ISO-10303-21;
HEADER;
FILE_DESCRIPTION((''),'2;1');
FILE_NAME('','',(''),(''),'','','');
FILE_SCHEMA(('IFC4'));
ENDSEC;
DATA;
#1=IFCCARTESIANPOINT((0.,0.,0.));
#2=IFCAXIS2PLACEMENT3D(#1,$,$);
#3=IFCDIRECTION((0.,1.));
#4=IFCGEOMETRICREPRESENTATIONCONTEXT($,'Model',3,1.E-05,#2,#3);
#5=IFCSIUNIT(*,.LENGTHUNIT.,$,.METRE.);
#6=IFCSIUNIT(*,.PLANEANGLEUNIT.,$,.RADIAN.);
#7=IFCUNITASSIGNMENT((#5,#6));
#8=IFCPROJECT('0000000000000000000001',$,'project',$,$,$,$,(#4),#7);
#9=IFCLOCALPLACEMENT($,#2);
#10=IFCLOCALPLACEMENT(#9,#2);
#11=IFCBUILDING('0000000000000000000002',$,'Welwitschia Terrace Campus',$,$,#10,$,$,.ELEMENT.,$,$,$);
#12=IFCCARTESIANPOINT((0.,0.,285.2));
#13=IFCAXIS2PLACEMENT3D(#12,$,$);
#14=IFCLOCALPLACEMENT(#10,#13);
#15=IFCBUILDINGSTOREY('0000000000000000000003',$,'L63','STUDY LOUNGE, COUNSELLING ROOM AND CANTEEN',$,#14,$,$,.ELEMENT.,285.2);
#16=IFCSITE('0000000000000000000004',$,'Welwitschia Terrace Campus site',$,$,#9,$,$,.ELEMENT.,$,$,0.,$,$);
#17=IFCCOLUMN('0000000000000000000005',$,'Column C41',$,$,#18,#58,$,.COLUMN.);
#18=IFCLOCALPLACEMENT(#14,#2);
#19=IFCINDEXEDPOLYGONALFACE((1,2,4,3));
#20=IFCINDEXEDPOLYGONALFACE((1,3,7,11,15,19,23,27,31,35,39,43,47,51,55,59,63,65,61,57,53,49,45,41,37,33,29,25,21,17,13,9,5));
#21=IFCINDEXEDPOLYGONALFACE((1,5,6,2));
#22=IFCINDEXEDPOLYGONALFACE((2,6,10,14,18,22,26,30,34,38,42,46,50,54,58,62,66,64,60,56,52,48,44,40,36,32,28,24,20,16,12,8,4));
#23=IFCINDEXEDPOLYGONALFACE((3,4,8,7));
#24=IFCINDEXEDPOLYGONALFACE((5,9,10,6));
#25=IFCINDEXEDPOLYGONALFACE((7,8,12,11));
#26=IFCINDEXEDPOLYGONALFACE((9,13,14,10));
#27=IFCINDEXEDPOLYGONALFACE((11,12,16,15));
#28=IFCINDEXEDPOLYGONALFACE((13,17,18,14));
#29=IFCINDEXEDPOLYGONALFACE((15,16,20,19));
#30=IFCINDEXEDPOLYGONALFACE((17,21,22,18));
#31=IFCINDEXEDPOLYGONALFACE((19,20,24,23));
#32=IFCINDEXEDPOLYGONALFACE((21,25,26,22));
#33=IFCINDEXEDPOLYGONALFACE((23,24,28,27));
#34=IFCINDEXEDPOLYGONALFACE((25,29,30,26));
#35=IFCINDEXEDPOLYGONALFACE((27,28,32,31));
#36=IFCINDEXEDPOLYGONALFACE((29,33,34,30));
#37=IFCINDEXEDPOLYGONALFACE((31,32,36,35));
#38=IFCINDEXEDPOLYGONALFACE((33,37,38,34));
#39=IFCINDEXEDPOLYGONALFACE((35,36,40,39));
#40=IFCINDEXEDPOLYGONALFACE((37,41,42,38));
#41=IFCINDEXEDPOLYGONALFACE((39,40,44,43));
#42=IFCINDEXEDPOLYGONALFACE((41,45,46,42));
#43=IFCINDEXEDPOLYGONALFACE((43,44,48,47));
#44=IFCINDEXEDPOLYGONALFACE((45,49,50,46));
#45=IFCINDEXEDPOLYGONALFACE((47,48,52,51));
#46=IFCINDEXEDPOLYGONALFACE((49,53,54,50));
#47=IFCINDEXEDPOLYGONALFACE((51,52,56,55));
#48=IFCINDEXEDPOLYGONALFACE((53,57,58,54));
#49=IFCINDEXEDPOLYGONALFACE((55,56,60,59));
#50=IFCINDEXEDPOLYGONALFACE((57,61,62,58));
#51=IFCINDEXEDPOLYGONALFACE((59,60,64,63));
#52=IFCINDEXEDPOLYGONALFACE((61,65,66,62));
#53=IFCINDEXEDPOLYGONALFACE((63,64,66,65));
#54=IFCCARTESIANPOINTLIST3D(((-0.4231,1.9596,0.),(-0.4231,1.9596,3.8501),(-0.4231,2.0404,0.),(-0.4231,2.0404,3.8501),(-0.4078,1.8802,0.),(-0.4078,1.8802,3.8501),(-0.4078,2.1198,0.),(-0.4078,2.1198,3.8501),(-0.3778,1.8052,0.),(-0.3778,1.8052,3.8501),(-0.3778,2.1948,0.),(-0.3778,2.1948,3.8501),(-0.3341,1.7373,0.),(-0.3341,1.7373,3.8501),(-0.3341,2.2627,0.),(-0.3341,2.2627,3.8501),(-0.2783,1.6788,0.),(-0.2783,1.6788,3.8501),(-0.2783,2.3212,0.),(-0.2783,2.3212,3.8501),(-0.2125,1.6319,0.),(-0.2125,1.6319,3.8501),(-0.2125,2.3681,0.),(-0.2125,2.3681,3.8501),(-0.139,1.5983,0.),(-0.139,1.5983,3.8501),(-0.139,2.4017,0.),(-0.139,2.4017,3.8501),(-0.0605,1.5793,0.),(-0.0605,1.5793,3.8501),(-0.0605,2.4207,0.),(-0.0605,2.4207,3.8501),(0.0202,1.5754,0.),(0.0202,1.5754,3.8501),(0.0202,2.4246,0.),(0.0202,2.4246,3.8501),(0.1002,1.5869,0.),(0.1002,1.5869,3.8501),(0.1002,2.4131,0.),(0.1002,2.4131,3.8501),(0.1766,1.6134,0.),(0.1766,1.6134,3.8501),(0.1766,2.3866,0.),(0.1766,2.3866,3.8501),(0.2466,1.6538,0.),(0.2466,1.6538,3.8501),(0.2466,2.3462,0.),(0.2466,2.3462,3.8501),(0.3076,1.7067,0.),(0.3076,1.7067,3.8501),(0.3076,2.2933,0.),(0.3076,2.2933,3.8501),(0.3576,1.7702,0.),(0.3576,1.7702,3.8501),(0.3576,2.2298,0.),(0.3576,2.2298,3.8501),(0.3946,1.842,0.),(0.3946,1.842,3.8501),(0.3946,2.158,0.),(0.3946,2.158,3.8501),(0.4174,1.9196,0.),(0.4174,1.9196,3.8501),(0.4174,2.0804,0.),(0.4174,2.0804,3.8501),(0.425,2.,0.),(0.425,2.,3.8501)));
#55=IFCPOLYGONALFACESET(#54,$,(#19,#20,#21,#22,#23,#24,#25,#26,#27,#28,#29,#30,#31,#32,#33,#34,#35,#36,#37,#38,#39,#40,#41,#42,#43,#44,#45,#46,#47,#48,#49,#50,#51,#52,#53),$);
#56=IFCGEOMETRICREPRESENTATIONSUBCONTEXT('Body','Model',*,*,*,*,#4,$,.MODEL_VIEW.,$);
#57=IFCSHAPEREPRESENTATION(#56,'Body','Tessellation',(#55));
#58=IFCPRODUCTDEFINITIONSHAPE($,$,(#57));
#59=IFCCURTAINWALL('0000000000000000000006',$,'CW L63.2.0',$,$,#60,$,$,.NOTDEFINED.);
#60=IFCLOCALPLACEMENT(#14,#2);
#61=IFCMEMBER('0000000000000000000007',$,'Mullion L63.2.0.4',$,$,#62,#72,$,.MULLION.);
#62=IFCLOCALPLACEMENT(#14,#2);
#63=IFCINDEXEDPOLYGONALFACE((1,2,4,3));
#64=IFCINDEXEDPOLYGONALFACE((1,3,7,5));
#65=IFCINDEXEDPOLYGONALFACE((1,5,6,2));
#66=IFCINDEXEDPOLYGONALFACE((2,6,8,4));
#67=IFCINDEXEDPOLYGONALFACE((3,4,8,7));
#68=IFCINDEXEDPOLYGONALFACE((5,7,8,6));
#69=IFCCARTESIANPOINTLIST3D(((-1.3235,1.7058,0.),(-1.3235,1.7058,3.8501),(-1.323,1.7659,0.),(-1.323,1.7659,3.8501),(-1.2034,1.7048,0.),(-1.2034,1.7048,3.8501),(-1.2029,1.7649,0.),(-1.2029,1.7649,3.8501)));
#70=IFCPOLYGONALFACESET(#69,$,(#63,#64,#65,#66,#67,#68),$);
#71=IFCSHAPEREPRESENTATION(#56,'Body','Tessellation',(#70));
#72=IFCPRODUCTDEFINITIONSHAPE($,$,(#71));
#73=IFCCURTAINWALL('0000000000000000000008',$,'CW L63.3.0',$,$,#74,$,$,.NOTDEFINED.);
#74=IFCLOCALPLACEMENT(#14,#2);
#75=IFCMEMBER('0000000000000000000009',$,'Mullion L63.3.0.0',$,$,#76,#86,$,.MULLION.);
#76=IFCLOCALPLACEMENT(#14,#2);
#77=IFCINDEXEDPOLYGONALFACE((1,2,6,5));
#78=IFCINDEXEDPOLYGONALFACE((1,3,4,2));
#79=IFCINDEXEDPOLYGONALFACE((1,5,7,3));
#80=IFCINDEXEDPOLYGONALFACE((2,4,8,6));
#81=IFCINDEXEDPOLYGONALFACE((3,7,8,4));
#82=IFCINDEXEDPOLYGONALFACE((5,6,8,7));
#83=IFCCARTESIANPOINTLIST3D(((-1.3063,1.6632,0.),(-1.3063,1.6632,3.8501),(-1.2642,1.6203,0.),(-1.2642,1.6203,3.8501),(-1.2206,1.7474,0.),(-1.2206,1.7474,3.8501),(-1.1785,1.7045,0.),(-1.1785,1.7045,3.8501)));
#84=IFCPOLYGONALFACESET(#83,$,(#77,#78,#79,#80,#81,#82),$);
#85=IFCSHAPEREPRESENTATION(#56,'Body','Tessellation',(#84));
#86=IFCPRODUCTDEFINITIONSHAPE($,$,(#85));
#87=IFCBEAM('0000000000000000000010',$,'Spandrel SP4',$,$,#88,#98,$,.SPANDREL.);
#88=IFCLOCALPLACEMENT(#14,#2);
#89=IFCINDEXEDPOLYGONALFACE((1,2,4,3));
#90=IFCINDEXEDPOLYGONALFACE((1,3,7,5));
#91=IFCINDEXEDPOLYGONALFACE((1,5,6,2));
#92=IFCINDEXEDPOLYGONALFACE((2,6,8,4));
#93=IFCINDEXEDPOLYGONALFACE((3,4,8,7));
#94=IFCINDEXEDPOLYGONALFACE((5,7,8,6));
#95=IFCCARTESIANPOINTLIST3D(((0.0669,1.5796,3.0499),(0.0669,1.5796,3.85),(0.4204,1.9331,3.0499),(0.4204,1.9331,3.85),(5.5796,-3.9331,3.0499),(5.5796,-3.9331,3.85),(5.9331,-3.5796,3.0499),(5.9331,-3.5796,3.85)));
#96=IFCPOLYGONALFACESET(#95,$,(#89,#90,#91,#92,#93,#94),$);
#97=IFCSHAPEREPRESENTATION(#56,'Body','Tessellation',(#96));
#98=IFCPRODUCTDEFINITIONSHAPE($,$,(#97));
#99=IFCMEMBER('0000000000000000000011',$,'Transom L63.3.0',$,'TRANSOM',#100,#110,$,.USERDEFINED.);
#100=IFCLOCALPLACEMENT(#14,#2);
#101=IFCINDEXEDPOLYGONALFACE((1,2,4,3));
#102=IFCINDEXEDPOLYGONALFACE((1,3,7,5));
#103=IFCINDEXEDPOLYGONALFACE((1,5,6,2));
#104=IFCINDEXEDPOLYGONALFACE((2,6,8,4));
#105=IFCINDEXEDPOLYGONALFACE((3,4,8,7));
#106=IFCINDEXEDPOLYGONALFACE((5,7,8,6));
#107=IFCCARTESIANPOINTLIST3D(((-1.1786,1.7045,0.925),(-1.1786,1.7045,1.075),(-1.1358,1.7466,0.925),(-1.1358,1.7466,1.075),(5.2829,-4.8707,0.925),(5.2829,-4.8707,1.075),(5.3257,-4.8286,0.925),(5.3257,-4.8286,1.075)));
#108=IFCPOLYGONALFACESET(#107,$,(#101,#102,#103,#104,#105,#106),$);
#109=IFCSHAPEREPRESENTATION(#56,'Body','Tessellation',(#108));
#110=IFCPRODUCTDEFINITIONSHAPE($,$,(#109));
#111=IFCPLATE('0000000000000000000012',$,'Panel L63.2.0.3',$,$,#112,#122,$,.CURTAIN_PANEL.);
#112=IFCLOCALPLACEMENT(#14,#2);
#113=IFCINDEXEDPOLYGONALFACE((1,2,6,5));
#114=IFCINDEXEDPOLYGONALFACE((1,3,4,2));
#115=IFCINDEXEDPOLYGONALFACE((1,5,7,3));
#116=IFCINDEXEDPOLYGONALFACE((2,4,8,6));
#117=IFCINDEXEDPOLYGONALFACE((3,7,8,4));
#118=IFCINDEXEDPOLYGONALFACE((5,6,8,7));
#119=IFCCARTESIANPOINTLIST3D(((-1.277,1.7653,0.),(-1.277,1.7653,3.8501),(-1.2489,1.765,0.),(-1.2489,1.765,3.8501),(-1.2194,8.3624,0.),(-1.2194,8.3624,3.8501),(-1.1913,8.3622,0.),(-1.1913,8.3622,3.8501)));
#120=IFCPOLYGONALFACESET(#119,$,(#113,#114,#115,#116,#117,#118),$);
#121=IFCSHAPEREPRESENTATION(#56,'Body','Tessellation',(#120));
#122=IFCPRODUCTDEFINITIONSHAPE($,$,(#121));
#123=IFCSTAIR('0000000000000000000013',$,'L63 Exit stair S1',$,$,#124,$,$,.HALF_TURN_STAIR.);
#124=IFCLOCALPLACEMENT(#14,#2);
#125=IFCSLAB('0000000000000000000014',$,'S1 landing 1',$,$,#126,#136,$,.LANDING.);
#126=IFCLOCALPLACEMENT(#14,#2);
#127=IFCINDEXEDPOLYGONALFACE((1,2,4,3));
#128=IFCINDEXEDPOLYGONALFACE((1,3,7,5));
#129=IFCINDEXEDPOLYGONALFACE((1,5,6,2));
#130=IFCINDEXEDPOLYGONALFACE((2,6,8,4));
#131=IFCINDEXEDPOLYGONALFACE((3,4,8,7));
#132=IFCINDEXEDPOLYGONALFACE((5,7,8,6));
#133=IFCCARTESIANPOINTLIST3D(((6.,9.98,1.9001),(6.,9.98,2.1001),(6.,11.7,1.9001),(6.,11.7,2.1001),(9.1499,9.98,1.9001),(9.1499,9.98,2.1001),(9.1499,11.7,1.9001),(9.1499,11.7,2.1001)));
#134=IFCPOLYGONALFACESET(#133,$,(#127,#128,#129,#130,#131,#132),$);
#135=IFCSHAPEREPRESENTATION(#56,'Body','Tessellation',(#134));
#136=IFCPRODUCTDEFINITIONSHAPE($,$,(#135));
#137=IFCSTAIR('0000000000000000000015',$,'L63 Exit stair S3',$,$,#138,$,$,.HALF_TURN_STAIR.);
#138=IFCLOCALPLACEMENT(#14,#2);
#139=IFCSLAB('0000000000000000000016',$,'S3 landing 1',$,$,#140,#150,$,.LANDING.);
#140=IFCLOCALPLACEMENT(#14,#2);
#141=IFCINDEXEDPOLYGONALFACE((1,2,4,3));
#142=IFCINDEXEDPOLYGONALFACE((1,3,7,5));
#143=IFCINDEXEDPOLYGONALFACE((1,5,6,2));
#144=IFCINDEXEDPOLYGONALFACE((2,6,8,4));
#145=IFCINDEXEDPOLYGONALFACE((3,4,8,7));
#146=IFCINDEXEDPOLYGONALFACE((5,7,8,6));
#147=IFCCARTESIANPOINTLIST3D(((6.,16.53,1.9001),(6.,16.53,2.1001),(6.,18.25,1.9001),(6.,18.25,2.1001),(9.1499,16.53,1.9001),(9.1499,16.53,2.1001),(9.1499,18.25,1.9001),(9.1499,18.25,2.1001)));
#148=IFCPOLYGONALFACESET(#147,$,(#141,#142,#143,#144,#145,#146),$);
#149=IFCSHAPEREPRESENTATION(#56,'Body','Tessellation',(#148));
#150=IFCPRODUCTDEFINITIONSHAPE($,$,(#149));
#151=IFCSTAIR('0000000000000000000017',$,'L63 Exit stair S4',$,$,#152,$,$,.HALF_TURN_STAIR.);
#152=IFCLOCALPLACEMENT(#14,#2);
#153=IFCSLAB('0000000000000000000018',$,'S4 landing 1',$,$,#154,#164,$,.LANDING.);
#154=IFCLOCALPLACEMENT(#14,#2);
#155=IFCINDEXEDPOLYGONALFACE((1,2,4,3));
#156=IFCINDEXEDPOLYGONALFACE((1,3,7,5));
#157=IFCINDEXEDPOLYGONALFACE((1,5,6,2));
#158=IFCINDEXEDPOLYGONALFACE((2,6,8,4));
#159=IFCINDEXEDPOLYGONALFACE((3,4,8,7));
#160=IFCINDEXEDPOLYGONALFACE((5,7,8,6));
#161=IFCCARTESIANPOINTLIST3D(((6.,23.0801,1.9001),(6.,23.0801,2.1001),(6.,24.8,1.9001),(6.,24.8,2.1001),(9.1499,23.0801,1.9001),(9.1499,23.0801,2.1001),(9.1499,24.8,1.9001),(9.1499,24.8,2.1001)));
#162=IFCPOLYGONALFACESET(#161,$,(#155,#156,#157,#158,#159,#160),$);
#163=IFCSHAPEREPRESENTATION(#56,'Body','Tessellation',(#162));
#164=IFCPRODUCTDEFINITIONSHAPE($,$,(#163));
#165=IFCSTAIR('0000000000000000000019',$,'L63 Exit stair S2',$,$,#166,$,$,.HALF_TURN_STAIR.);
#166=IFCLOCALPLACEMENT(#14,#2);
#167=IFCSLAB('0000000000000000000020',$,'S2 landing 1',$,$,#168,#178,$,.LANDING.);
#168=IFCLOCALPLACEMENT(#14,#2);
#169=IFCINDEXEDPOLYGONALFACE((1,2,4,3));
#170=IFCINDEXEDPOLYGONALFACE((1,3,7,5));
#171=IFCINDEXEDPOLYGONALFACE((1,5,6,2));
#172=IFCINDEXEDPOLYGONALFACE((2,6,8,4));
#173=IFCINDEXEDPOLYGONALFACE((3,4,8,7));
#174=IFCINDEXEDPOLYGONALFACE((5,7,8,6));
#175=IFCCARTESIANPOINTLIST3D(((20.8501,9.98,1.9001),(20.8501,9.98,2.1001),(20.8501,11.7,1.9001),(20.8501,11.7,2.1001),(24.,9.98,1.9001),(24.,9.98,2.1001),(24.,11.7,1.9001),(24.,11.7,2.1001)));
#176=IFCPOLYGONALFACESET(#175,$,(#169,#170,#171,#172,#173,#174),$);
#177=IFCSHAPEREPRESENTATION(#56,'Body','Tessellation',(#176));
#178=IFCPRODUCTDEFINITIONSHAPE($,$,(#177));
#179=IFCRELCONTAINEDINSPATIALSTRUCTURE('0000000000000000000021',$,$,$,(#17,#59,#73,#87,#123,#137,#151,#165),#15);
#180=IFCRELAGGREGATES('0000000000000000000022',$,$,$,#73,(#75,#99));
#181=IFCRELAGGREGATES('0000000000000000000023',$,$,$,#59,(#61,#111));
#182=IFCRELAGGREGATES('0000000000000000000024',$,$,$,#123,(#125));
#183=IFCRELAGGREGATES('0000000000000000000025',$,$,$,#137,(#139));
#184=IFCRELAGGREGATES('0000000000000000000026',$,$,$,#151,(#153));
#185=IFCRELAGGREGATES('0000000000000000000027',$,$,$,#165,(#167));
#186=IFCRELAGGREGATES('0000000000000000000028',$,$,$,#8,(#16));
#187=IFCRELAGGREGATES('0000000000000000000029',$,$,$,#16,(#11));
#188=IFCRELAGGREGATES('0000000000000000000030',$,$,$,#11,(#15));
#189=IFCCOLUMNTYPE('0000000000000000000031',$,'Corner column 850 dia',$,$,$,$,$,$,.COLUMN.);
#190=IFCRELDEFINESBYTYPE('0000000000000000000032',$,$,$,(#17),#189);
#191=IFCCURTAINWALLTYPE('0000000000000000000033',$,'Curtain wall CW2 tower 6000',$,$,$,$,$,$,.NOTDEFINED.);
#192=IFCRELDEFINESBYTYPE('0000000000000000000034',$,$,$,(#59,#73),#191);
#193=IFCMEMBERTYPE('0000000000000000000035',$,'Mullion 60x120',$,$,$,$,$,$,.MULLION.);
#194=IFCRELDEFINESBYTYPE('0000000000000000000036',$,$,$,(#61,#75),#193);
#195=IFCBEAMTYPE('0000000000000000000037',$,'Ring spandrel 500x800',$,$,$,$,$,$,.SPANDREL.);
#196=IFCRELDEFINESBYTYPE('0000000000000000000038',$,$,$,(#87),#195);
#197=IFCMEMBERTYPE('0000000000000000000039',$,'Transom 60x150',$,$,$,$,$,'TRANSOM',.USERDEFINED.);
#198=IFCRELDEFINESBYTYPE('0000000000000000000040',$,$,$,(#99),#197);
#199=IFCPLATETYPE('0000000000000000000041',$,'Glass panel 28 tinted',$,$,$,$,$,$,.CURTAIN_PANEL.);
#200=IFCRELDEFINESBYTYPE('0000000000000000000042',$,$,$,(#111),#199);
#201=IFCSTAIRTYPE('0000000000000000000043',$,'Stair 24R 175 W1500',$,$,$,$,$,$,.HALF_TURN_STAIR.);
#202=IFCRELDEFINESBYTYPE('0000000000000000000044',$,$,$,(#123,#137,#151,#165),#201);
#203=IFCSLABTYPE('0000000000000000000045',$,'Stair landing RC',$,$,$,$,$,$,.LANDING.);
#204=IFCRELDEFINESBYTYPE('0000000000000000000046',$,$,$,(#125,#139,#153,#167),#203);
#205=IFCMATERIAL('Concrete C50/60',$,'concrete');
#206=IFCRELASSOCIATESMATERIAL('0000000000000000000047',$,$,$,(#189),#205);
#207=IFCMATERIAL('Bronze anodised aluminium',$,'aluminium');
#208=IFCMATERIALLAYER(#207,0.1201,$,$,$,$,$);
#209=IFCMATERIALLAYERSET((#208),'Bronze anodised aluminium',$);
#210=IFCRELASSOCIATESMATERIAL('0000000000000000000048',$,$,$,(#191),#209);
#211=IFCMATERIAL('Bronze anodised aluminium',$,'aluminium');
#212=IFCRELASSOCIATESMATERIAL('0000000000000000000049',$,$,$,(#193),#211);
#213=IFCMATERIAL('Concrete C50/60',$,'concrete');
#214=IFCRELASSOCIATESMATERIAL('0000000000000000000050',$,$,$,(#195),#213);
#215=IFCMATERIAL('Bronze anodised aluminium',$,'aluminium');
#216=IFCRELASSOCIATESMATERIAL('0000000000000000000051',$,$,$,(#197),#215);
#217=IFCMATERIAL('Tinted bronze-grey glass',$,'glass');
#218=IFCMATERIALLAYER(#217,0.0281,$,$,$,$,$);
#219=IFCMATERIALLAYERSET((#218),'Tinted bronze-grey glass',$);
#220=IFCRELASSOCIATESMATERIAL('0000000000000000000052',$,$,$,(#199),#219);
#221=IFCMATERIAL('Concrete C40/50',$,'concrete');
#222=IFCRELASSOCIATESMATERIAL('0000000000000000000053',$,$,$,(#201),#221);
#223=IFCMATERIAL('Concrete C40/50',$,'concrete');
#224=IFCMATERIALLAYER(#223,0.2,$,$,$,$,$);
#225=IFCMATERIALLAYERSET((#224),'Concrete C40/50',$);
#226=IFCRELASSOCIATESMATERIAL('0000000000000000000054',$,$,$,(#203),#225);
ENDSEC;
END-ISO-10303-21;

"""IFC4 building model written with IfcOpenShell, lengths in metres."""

from ifc_helpers import new_model, si_unit, direction, frame, origin, origin_2d, place, context, subcontext, project, spatial, polyline, rectangle, circle, outline, extrude, material, layer, layer_set, material_profile, profile_set, type_object, element, aggregate, save


model = new_model("IFC4")

# Units and contexts
model_context = context("Model", 3, precision=1e-05, world=origin(), true_north=direction((0.0, 1.0)))
body_context = subcontext(model_context, "Body", "Model", "MODEL_VIEW")
ifc_project = project(units=[si_unit("LENGTHUNIT", "METRE"), si_unit("PLANEANGLEUNIT", "RADIAN")], contexts=[model_context])

# Site, building, storey
site_placement = place(None, origin())
site = spatial("IfcSite", under=ifc_project, at=site_placement, Name="Welwitschia Terrace Campus site", CompositionType="ELEMENT", RefElevation=0.0)
building_placement = place(site_placement, origin())
building = spatial("IfcBuilding", under=site, at=building_placement, Name="Welwitschia Terrace Campus", CompositionType="ELEMENT")
storey_placement = place(building_placement, frame((0.0, 0.0, 285.2)))
storey = spatial("IfcBuildingStorey", under=building, at=storey_placement, Name="L63", Description="STUDY LOUNGE, COUNSELLING ROOM AND CANTEEN", CompositionType="ELEMENT", Elevation=285.2)

# Column
ifc_material_1 = material(Name="Concrete C50/60", Category="concrete")
ifc_material_profile_1 = material_profile(ifc_material_1, circle(Radius=0.425, at=origin_2d()))
ifc_profile_set_1 = profile_set([ifc_material_profile_1], Name="Concrete C50/60")
column_type = type_object("IfcColumnType", Name="Corner column 850 dia", PredefinedType="COLUMN", material=ifc_profile_set_1)
column_placement = place(storey_placement, frame((0.0, 2.0, 0.0), z_axis=(0.0, 0.0, 1.0), x_axis=(1.0, 0.0, 0.0)))
element("IfcColumn", 1, at=column_placement, inside=storey, type_object=column_type, Name="Column C41", PredefinedType="COLUMN", context=body_context, shape_type="SweptSolid", body=[
    extrude(circle(Radius=0.425, at=origin_2d()), origin(), (0.0, 0.0, 1.0), 3.8501),
])

# Curtain walls, members
ifc_material_2 = material(Name="Bronze anodised aluminium", Category="aluminium")
ifc_layer_1 = layer(ifc_material_2, 0.1201)
ifc_layer_set_1 = layer_set([ifc_layer_1], Name="Bronze anodised aluminium")
curtain_wall_type = type_object("IfcCurtainWallType", Name="Curtain wall CW2 tower 6000", PredefinedType="NOTDEFINED", material=ifc_layer_set_1)
curtain_wall_1_placement = place(storey_placement, origin())
curtain_wall_1 = element("IfcCurtainWall", 2, at=curtain_wall_1_placement, inside=storey, type_object=curtain_wall_type, Name="CW L63.2.0", PredefinedType="NOTDEFINED")
ifc_material_3 = material(Name="Bronze anodised aluminium", Category="aluminium")
ifc_material_profile_2 = material_profile(ifc_material_3, rectangle(XDim=0.1201, YDim=0.0601, at=origin_2d()))
ifc_profile_set_2 = profile_set([ifc_material_profile_2], Name="Bronze anodised aluminium")
member_type_1 = type_object("IfcMemberType", Name="Mullion 60x120", PredefinedType="MULLION", material=ifc_profile_set_2)
member_1_placement = place(storey_placement, frame((-1.2632, 1.7354, 0.0), z_axis=(0.0, 0.0, 1.0), x_axis=(0.999962, -0.008727, 0.0)))
member_1 = element("IfcMember", 3, at=member_1_placement, type_object=member_type_1, Name="Mullion L63.2.0.4", PredefinedType="MULLION", context=body_context, shape_type="SweptSolid", body=[
    extrude(rectangle(XDim=0.1201, YDim=0.0601, at=origin_2d()), origin(), (0.0, 0.0, 1.0), 3.8501),
])
curtain_wall_2_placement = place(storey_placement, origin())
curtain_wall_2 = element("IfcCurtainWall", 4, at=curtain_wall_2_placement, inside=storey, type_object=curtain_wall_type, Name="CW L63.3.0", PredefinedType="NOTDEFINED")
member_2_placement = place(storey_placement, frame((-1.2424, 1.6838, 0.0), z_axis=(0.0, 0.0, 1.0), x_axis=(0.71325, 0.700909, 0.0)))
member_2 = element("IfcMember", 5, at=member_2_placement, type_object=member_type_1, Name="Mullion L63.3.0.0", PredefinedType="MULLION", context=body_context, shape_type="SweptSolid", body=[
    extrude(rectangle(XDim=0.1201, YDim=0.0601, at=origin_2d()), origin(), (0.0, 0.0, 1.0), 3.8501),
])

# Beam
ifc_material_4 = material(Name="Concrete C50/60", Category="concrete")
ifc_material_profile_3 = material_profile(ifc_material_4, rectangle(XDim=0.5, YDim=0.8, at=origin_2d()))
ifc_profile_set_3 = profile_set([ifc_material_profile_3], Name="Concrete C50/60")
beam_type = type_object("IfcBeamType", Name="Ring spandrel 500x800", PredefinedType="SPANDREL", material=ifc_profile_set_3)
beam_placement = place(storey_placement, frame((0.2437, 1.7563, 3.45), z_axis=(0.707107, -0.707107, 0.0), x_axis=(0.707107, 0.707107, 0.0)))
element("IfcBeam", 6, at=beam_placement, inside=storey, type_object=beam_type, Name="Spandrel SP4", PredefinedType="SPANDREL", context=body_context, shape_type="SweptSolid", body=[
    extrude(rectangle(XDim=0.5, YDim=0.8, at=origin_2d()), origin(), (0.0, 0.0, 1.0), 7.7961),
])

# Member
ifc_material_5 = material(Name="Bronze anodised aluminium", Category="aluminium")
ifc_material_profile_4 = material_profile(ifc_material_5, rectangle(XDim=0.0601, YDim=0.1499, at=origin_2d()))
ifc_profile_set_4 = profile_set([ifc_material_profile_4], Name="Bronze anodised aluminium")
member_type_2 = type_object("IfcMemberType", Name="Transom 60x150", ElementType="TRANSOM", PredefinedType="USERDEFINED", material=ifc_profile_set_4)
member_3_placement = place(storey_placement, frame((-1.1572, 1.7256, 1.0), z_axis=(0.700909, -0.71325, 0.0), x_axis=(0.71325, 0.700909, 0.0)))
member_3 = element("IfcMember", 7, at=member_3_placement, type_object=member_type_2, Name="Transom L63.3.0", ObjectType="TRANSOM", PredefinedType="USERDEFINED", context=body_context, shape_type="SweptSolid", body=[
    extrude(rectangle(XDim=0.0601, YDim=0.1499, at=origin_2d()), origin(), (0.0, 0.0, 1.0), 9.2188),
])
aggregate(curtain_wall_2, [member_2, member_3])

# Plate
ifc_material_6 = material(Name="Tinted bronze-grey glass", Category="glass")
ifc_layer_2 = layer(ifc_material_6, 0.0281)
ifc_layer_set_2 = layer_set([ifc_layer_2], Name="Tinted bronze-grey glass")
plate_type = type_object("IfcPlateType", Name="Glass panel 28 tinted", PredefinedType="CURTAIN_PANEL", material=ifc_layer_set_2)
plate_placement = place(storey_placement, frame((-1.2341, 5.0637, 0.0), z_axis=(0.0, 0.0, 1.0), x_axis=(-0.008727, -0.999962, 0.0)))
plate = element("IfcPlate", 8, at=plate_placement, type_object=plate_type, Name="Panel L63.2.0.3", PredefinedType="CURTAIN_PANEL", context=body_context, shape_type="SweptSolid", body=[
    extrude(rectangle(XDim=6.5974, YDim=0.0281, at=origin_2d()), origin(), (0.0, 0.0, 1.0), 3.8501),
])
aggregate(curtain_wall_1, [member_1, plate])

# Stairs, slabs
ifc_material_7 = material(Name="Concrete C40/50", Category="concrete")
stair_type = type_object("IfcStairType", Name="Stair 24R 175 W1500", PredefinedType="HALF_TURN_STAIR", material=ifc_material_7)
stair_1_placement = place(storey_placement, origin())
stair_1 = element("IfcStair", 9, at=stair_1_placement, inside=storey, type_object=stair_type, Name="L63 Exit stair S1", PredefinedType="HALF_TURN_STAIR")
ifc_material_8 = material(Name="Concrete C40/50", Category="concrete")
ifc_layer_3 = layer(ifc_material_8, 0.2)
ifc_layer_set_3 = layer_set([ifc_layer_3], Name="Concrete C40/50")
slab_type_1 = type_object("IfcSlabType", Name="Stair landing RC", PredefinedType="LANDING", material=ifc_layer_set_3)
slab_1_placement = place(storey_placement, frame((0.0, 0.0, 1.9001)))
slab_1 = element("IfcSlab", 10, at=slab_1_placement, type_object=slab_type_1, Name="S1 landing 1", PredefinedType="LANDING", context=body_context, shape_type="SweptSolid", body=[
    extrude(outline(polyline([(9.1499, 9.98), (9.1499, 11.7), (6.0, 11.7), (6.0, 9.98), (9.1499, 9.98)])), origin(), (0.0, 0.0, 1.0), 0.2),
])
aggregate(stair_1, [slab_1])
stair_2_placement = place(storey_placement, origin())
stair_2 = element("IfcStair", 11, at=stair_2_placement, inside=storey, type_object=stair_type, Name="L63 Exit stair S3", PredefinedType="HALF_TURN_STAIR")
slab_2_placement = place(storey_placement, frame((0.0, 0.0, 1.9001)))
slab_2 = element("IfcSlab", 12, at=slab_2_placement, type_object=slab_type_1, Name="S3 landing 1", PredefinedType="LANDING", context=body_context, shape_type="SweptSolid", body=[
    extrude(outline(polyline([(9.1499, 16.53), (9.1499, 18.25), (6.0, 18.25), (6.0, 16.53), (9.1499, 16.53)])), origin(), (0.0, 0.0, 1.0), 0.2),
])
aggregate(stair_2, [slab_2])
stair_3_placement = place(storey_placement, origin())
stair_3 = element("IfcStair", 13, at=stair_3_placement, inside=storey, type_object=stair_type, Name="L63 Exit stair S4", PredefinedType="HALF_TURN_STAIR")
slab_3_placement = place(storey_placement, frame((0.0, 0.0, 1.9001)))
slab_3 = element("IfcSlab", 14, at=slab_3_placement, type_object=slab_type_1, Name="S4 landing 1", PredefinedType="LANDING", context=body_context, shape_type="SweptSolid", body=[
    extrude(outline(polyline([(9.1499, 23.0801), (9.1499, 24.8), (6.0, 24.8), (6.0, 23.0801), (9.1499, 23.0801)])), origin(), (0.0, 0.0, 1.0), 0.2),
])
aggregate(stair_3, [slab_3])
stair_4_placement = place(storey_placement, origin())
stair_4 = element("IfcStair", 15, at=stair_4_placement, inside=storey, type_object=stair_type, Name="L63 Exit stair S2", PredefinedType="HALF_TURN_STAIR")
slab_4_placement = place(storey_placement, frame((0.0, 0.0, 1.9001)))
slab_4 = element("IfcSlab", 16, at=slab_4_placement, type_object=slab_type_1, Name="S2 landing 1", PredefinedType="LANDING", context=body_context, shape_type="SweptSolid", body=[
    extrude(outline(polyline([(24.0, 9.98), (24.0, 11.7), (20.8501, 11.7), (20.8501, 9.98), (24.0, 9.98)])), origin(), (0.0, 0.0, 1.0), 0.2),
])
aggregate(stair_4, [slab_4])

save(model, "model.ifc")
